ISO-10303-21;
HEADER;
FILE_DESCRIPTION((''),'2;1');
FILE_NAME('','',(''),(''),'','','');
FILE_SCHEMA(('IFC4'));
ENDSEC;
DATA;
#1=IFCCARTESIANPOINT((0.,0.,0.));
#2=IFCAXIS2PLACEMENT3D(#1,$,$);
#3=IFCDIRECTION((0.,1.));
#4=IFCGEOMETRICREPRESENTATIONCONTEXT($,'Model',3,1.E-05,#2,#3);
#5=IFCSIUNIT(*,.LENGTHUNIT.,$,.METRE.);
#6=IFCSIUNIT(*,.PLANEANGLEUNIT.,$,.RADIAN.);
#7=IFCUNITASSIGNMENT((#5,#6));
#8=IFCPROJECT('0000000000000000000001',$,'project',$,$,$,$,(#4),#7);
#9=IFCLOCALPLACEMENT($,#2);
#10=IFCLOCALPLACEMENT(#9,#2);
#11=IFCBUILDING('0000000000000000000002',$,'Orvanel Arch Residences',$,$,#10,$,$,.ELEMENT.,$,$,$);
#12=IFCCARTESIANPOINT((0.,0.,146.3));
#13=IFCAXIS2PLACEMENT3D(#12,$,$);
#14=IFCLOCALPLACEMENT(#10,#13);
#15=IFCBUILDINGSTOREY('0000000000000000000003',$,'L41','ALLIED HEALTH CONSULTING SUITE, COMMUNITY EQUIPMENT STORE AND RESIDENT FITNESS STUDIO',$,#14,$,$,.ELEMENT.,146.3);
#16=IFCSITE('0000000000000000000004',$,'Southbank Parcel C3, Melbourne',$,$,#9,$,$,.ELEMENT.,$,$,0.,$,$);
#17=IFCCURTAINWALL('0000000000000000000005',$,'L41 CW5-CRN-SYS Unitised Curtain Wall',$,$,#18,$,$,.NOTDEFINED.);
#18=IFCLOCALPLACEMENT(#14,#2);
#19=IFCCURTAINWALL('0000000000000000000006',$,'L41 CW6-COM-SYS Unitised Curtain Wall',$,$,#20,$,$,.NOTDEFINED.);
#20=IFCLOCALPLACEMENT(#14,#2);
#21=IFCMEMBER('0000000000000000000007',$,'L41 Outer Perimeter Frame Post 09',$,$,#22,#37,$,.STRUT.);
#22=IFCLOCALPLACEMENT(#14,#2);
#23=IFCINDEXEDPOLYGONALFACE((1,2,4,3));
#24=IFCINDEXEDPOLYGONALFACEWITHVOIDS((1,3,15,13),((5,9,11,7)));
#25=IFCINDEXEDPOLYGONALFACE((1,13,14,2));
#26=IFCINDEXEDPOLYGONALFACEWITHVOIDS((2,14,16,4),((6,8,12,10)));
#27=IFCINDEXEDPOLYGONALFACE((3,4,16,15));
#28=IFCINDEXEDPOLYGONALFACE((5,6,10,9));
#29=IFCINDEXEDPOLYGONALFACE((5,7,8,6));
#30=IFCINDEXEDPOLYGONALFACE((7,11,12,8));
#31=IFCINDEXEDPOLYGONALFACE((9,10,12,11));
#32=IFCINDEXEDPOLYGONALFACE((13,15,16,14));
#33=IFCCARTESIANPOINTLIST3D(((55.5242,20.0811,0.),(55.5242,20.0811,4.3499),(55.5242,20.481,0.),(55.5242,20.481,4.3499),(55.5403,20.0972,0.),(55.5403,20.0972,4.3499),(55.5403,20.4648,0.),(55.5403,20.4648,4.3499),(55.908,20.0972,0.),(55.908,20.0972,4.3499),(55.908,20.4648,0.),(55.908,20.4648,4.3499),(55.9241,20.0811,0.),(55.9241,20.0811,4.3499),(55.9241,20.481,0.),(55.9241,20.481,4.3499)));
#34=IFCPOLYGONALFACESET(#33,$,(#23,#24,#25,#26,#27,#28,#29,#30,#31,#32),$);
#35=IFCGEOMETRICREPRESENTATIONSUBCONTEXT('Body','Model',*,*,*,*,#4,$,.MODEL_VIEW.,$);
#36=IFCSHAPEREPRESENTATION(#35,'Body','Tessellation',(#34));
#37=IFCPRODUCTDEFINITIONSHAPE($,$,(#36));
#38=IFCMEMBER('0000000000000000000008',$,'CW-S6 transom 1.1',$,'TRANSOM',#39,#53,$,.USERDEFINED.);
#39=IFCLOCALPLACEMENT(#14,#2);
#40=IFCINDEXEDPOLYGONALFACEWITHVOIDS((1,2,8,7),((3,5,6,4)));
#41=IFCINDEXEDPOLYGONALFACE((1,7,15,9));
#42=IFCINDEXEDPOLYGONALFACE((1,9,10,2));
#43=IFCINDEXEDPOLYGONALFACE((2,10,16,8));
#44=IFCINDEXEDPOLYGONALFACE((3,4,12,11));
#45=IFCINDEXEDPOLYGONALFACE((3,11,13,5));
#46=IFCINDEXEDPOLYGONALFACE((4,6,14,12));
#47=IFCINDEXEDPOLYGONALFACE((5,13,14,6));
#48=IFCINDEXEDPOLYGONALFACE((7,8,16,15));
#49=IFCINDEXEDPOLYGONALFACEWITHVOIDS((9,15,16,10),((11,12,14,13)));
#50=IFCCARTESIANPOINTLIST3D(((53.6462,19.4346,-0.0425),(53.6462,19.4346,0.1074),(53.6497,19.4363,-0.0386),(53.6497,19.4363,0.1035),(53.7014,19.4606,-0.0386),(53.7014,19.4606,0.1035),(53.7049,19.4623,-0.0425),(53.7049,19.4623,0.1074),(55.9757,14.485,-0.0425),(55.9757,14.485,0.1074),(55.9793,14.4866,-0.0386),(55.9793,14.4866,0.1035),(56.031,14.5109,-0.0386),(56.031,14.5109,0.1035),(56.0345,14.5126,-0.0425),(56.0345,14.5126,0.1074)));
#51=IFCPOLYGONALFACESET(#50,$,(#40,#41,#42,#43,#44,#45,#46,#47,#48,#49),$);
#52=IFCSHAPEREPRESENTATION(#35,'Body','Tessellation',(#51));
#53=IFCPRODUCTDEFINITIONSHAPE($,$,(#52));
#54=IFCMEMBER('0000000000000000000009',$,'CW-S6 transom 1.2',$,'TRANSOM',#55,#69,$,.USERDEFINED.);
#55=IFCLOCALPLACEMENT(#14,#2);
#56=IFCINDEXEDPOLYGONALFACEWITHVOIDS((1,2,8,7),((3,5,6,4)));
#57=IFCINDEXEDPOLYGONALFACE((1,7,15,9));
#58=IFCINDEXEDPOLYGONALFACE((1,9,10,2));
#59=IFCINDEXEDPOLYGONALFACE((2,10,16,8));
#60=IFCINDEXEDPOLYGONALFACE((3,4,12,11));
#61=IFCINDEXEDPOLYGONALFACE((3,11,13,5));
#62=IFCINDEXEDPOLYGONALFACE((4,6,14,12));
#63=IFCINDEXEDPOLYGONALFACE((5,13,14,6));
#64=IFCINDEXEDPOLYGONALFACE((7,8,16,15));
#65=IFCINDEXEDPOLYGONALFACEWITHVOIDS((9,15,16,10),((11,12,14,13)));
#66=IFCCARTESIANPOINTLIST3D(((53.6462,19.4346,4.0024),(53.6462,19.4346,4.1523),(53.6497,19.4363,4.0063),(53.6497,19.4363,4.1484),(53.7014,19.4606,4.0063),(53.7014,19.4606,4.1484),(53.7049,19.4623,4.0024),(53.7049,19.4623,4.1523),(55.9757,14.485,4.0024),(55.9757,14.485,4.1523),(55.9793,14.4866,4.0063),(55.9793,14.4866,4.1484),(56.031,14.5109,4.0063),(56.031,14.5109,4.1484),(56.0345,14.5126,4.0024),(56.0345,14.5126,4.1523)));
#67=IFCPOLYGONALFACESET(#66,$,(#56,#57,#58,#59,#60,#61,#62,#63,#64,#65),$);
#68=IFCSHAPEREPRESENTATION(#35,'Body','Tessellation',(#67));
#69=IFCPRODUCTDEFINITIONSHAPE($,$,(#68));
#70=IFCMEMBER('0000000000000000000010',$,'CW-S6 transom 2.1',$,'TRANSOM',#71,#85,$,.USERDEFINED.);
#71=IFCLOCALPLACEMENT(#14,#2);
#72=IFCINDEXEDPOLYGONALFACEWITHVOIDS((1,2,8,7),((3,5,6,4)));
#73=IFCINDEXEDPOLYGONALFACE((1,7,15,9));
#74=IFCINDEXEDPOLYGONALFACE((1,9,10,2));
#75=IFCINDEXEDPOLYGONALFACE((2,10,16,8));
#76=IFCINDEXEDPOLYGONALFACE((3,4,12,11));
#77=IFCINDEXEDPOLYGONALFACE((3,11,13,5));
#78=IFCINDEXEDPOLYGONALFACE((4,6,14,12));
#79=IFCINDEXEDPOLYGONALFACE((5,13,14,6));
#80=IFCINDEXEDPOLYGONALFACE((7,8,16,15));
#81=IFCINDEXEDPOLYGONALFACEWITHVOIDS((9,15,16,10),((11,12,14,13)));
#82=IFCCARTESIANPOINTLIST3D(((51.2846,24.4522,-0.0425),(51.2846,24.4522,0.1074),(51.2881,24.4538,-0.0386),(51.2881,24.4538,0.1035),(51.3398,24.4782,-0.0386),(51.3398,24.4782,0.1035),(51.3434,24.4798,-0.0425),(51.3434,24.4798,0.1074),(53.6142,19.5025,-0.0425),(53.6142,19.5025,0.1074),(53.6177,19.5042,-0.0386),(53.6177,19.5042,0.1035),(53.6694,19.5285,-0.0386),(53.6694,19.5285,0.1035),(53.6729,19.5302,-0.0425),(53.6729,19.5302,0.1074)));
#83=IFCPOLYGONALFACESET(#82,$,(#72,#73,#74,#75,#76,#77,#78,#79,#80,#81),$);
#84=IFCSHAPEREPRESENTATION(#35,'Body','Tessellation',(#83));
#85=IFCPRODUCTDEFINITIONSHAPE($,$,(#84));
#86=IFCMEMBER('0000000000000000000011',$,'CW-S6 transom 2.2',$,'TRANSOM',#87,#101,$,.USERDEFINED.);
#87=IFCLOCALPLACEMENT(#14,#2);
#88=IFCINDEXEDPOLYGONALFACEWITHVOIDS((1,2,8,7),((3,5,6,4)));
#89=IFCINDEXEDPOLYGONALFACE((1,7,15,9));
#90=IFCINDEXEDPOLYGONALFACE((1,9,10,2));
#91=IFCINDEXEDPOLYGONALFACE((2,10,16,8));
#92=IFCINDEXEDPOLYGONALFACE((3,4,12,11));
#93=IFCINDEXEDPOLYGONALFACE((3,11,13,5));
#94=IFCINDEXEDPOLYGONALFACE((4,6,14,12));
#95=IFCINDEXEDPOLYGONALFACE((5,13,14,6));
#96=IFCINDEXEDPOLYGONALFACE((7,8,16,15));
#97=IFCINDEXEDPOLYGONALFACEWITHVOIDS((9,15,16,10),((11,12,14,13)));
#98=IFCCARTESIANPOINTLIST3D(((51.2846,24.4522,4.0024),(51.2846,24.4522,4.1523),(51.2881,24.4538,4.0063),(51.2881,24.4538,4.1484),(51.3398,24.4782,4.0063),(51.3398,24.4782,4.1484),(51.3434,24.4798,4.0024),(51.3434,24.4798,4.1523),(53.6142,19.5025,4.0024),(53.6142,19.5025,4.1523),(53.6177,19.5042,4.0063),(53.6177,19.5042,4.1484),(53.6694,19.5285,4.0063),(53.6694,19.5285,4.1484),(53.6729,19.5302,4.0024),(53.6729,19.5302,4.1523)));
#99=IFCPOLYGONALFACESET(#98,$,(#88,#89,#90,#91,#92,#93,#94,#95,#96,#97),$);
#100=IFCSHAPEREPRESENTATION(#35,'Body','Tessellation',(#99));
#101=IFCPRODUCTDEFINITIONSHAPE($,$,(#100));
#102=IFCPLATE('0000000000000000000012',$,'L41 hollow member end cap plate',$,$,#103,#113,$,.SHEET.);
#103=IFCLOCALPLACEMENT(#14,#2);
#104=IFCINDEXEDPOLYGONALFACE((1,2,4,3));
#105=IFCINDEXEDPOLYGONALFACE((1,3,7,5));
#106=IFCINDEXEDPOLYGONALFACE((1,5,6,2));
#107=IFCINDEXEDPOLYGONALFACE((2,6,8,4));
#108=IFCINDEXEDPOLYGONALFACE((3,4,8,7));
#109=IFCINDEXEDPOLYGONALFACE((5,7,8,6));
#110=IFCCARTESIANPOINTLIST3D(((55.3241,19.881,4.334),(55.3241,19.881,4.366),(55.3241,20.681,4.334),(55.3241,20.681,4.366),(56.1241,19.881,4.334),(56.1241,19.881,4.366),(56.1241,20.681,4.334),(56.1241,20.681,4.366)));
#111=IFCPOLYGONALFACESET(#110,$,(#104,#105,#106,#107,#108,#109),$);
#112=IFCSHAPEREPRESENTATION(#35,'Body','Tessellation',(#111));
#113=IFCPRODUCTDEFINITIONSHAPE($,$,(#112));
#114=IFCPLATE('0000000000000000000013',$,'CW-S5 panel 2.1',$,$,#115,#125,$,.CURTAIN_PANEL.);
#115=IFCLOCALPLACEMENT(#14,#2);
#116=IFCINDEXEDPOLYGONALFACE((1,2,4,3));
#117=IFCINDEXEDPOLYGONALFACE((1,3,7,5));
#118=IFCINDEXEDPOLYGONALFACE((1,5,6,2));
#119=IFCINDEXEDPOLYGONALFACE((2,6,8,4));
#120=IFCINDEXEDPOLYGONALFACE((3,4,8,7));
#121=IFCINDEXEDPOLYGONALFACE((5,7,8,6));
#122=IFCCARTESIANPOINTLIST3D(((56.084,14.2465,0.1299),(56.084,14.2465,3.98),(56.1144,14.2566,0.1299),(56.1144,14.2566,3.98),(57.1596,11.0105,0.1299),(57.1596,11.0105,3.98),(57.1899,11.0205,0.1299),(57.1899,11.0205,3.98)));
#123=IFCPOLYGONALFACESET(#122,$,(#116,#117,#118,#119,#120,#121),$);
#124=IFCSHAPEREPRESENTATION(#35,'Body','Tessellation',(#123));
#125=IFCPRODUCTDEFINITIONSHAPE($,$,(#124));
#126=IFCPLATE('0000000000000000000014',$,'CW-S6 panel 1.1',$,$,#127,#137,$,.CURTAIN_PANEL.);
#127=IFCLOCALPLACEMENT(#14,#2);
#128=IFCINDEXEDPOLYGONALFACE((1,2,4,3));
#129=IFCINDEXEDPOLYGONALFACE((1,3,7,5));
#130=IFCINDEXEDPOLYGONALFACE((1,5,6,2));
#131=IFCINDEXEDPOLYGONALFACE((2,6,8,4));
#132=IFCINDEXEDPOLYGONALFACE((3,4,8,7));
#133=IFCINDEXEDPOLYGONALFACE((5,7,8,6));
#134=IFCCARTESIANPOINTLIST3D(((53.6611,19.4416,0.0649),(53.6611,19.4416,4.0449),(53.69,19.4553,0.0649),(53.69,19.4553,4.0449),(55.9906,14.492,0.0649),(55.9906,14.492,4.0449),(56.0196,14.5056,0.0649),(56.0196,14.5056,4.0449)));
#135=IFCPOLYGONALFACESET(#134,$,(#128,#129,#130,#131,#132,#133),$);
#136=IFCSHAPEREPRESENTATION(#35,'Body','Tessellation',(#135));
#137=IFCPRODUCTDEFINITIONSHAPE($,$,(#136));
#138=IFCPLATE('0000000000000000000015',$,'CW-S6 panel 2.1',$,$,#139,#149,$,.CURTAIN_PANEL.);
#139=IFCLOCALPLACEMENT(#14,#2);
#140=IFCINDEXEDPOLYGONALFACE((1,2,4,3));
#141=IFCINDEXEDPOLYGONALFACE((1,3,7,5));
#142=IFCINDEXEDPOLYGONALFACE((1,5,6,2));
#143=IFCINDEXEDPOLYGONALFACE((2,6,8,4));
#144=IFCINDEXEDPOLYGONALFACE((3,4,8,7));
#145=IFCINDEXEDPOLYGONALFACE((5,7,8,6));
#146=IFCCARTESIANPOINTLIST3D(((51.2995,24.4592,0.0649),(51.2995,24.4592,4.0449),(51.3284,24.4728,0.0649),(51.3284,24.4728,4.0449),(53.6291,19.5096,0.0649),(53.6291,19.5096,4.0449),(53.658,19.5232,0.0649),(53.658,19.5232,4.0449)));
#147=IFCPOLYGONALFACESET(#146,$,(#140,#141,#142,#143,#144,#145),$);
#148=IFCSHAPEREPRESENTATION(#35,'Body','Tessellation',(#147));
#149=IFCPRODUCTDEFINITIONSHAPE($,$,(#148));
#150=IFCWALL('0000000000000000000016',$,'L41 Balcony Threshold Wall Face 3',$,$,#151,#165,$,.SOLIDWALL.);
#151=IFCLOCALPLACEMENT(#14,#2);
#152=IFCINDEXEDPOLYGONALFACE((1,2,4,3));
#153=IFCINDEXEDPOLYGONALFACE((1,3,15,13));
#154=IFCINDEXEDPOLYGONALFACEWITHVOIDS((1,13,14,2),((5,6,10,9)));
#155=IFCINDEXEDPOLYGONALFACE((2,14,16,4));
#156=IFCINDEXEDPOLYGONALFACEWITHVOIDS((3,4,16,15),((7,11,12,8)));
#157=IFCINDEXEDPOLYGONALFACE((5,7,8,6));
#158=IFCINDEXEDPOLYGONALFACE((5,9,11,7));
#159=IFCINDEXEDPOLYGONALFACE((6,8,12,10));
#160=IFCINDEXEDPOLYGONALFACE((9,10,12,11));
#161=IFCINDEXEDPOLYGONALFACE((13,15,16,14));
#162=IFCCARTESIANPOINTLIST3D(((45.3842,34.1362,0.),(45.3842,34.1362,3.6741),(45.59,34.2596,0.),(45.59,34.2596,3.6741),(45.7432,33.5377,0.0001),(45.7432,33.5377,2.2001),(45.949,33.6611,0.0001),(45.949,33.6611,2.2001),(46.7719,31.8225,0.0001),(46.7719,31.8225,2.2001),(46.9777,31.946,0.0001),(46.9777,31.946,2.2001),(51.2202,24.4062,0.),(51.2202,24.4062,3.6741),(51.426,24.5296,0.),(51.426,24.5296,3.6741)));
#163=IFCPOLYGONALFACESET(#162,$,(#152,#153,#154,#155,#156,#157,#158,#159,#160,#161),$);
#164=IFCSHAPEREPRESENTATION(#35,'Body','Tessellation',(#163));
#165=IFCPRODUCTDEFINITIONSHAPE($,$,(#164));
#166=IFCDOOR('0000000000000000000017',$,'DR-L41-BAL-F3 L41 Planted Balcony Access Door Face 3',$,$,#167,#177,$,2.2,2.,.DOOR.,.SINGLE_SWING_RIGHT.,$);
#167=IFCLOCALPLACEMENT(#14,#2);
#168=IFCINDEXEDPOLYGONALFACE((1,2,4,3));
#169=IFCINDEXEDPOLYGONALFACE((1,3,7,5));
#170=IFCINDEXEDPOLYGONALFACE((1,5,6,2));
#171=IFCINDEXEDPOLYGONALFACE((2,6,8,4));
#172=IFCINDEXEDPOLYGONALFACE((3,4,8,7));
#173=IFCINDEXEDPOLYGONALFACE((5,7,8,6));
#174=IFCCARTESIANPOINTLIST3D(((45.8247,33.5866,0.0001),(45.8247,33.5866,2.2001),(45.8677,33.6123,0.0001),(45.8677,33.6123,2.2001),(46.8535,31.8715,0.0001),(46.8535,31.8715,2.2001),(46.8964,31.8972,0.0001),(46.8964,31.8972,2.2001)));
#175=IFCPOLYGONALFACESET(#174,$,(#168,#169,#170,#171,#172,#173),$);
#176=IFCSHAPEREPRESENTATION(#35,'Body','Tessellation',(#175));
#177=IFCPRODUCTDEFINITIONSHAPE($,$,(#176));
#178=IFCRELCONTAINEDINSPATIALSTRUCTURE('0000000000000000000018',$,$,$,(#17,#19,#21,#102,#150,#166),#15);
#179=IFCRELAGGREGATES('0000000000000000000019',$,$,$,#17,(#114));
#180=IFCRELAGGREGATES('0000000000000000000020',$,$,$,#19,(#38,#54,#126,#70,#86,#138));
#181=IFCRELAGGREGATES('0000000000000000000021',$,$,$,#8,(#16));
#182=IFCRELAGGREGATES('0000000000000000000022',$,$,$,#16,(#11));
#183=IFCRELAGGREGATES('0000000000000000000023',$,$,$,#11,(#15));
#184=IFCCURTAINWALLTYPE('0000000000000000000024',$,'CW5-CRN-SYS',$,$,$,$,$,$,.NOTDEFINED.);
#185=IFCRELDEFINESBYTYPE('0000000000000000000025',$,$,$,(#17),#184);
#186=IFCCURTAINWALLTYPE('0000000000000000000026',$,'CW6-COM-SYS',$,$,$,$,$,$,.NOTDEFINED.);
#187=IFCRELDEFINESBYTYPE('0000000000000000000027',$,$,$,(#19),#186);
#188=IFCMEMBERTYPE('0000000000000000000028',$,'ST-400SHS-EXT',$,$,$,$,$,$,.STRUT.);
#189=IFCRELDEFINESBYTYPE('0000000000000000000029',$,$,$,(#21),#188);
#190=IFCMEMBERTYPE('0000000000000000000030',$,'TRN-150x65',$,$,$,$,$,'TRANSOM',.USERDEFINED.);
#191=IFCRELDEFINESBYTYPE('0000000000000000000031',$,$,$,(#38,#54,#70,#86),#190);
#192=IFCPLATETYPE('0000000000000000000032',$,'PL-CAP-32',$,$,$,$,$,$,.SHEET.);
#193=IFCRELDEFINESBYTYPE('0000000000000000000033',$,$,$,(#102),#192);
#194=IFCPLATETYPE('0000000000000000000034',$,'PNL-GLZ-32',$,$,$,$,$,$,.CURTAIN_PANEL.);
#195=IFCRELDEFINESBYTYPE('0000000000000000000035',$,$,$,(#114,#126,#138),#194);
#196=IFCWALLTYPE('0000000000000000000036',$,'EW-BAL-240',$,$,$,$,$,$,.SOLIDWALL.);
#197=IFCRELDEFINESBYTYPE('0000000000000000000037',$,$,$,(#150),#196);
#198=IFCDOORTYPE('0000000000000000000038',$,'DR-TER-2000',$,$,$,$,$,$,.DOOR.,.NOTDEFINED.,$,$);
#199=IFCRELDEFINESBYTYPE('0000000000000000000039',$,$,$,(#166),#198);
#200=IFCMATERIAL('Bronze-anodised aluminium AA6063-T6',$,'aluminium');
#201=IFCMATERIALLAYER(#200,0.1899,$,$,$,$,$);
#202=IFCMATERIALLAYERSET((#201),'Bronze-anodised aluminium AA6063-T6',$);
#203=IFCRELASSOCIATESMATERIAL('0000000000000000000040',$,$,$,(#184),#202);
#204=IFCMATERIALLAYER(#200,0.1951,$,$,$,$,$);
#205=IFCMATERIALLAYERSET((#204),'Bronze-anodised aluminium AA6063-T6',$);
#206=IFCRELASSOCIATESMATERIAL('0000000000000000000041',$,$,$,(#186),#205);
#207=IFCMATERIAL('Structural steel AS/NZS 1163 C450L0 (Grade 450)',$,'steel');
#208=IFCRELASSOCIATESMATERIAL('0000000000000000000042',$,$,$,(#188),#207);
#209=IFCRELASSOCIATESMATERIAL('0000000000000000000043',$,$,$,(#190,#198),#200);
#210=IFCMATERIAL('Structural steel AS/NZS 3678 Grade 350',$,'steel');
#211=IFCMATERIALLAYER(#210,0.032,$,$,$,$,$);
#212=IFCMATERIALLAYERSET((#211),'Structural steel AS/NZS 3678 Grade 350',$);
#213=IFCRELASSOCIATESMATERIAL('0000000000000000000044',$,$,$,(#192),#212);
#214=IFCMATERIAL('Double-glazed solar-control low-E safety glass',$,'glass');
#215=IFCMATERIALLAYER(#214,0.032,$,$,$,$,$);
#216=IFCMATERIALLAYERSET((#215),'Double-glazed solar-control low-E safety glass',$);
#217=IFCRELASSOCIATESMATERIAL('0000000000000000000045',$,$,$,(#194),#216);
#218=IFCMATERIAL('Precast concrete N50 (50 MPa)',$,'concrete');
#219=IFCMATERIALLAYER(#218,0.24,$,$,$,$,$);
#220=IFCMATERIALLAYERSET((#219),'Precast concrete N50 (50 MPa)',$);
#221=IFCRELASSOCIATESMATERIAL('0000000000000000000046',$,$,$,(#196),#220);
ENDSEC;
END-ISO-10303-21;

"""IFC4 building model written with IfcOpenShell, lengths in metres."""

from ifc_helpers import new_model, si_unit, direction, frame, frame_2d, origin, origin_2d, place, context, subcontext, project, spatial, rectangle, hollow_rectangle, extrude, material, layer, layer_set, material_profile, profile_set, type_object, element, fill, aggregate, save


model = new_model("IFC4")

# Units and contexts
model_context = context("Model", 3, precision=1e-05, world=origin(), true_north=direction((0.0, 1.0)))
body_context = subcontext(model_context, "Body", "Model", "MODEL_VIEW")
ifc_project = project(units=[si_unit("LENGTHUNIT", "METRE"), si_unit("PLANEANGLEUNIT", "RADIAN")], contexts=[model_context])

# Site, building, storey
site_placement = place(None, origin())
site = spatial("IfcSite", under=ifc_project, at=site_placement, Name="Southbank Parcel C3, Melbourne", CompositionType="ELEMENT", RefElevation=0.0)
building_placement = place(site_placement, origin())
building = spatial("IfcBuilding", under=site, at=building_placement, Name="Orvanel Arch Residences", CompositionType="ELEMENT")
storey_placement = place(building_placement, frame((0.0, 0.0, 146.3)))
storey = spatial("IfcBuildingStorey", under=building, at=storey_placement, Name="L41", Description="ALLIED HEALTH CONSULTING SUITE, COMMUNITY EQUIPMENT STORE AND RESIDENT FITNESS STUDIO", CompositionType="ELEMENT", Elevation=146.3)

# Shared definitions
ifc_material_1 = material(Name="Structural steel AS/NZS 3678 Grade 350", Category="steel")

# Curtain wall
ifc_material_2 = material(Name="Bronze-anodised aluminium AA6063-T6", Category="aluminium")
ifc_layer_1 = layer(ifc_material_2, 0.1899)
ifc_layer_set_1 = layer_set([ifc_layer_1], Name="Bronze-anodised aluminium AA6063-T6")
curtain_wall_type_1 = type_object("IfcCurtainWallType", Name="CW5-CRN-SYS", PredefinedType="NOTDEFINED", material=ifc_layer_set_1)
curtain_wall_1_placement = place(storey_placement, origin())
curtain_wall_1 = element("IfcCurtainWall", 1, at=curtain_wall_1_placement, inside=storey, type_object=curtain_wall_type_1, Name="L41 CW5-CRN-SYS Unitised Curtain Wall", PredefinedType="NOTDEFINED")

# Curtain wall
ifc_layer_2 = layer(ifc_material_2, 0.1951)
ifc_layer_set_2 = layer_set([ifc_layer_2], Name="Bronze-anodised aluminium AA6063-T6")
curtain_wall_type_2 = type_object("IfcCurtainWallType", Name="CW6-COM-SYS", PredefinedType="NOTDEFINED", material=ifc_layer_set_2)
curtain_wall_2_placement = place(storey_placement, origin())
curtain_wall_2 = element("IfcCurtainWall", 2, at=curtain_wall_2_placement, inside=storey, type_object=curtain_wall_type_2, Name="L41 CW6-COM-SYS Unitised Curtain Wall", PredefinedType="NOTDEFINED")

# Members
ifc_material_3 = material(Name="Structural steel AS/NZS 1163 C450L0 (Grade 450)", Category="steel")
ifc_material_profile_1 = material_profile(ifc_material_3, hollow_rectangle(XDim=0.3999, YDim=0.3999, WallThickness=0.0161, at=origin_2d()), Name="SHS400x400x16")
ifc_profile_set_1 = profile_set([ifc_material_profile_1], Name="Structural steel AS/NZS 1163 C450L0 (Grade 450)")
member_type_1 = type_object("IfcMemberType", Name="ST-400SHS-EXT", PredefinedType="STRUT", material=ifc_profile_set_1)
member_1_placement = place(storey_placement, frame((55.7241, 20.281, 0.0), z_axis=(0.0, 0.0, 1.0), x_axis=(1.0, 0.0, 0.0)))
element("IfcMember", 3, at=member_1_placement, inside=storey, type_object=member_type_1, Name="L41 Outer Perimeter Frame Post 09", PredefinedType="STRUT", context=body_context, shape_type="SweptSolid", body=[
    extrude(hollow_rectangle(XDim=0.3999, YDim=0.3999, WallThickness=0.0161, at=origin_2d()), origin(), (0.0, 0.0, 1.0), 4.3499),
])
ifc_material_profile_2 = material_profile(ifc_material_2, hollow_rectangle(XDim=0.0649, YDim=0.1499, WallThickness=0.0039, at=origin_2d()), Name="ALU150x65x4")
ifc_profile_set_2 = profile_set([ifc_material_profile_2], Name="Bronze-anodised aluminium AA6063-T6")
member_type_2 = type_object("IfcMemberType", Name="TRN-150x65", ElementType="TRANSOM", PredefinedType="USERDEFINED", material=ifc_profile_set_2)
member_2_placement = place(storey_placement, frame((56.0051, 14.4988, 0.0325), z_axis=(-0.425844, 0.904796, 0.0), x_axis=(-0.904796, -0.425844, 0.0)))
member_2 = element("IfcMember", 4, at=member_2_placement, type_object=member_type_2, Name="CW-S6 transom 1.1", ObjectType="TRANSOM", PredefinedType="USERDEFINED", context=body_context, shape_type="SweptSolid", body=[
    extrude(hollow_rectangle(XDim=0.0649, YDim=0.1499, WallThickness=0.0039, at=origin_2d()), origin(), (0.0, 0.0, 1.0), 5.4705),
])
member_3_placement = place(storey_placement, frame((56.0051, 14.4988, 4.0774), z_axis=(-0.425844, 0.904796, 0.0), x_axis=(-0.904796, -0.425844, 0.0)))
member_3 = element("IfcMember", 5, at=member_3_placement, type_object=member_type_2, Name="CW-S6 transom 1.2", ObjectType="TRANSOM", PredefinedType="USERDEFINED", context=body_context, shape_type="SweptSolid", body=[
    extrude(hollow_rectangle(XDim=0.0649, YDim=0.1499, WallThickness=0.0039, at=origin_2d()), origin(), (0.0, 0.0, 1.0), 5.4705),
])
member_4_placement = place(storey_placement, frame((53.6436, 19.5164, 0.0325), z_axis=(-0.425844, 0.904796, 0.0), x_axis=(-0.904796, -0.425844, 0.0)))
member_4 = element("IfcMember", 6, at=member_4_placement, type_object=member_type_2, Name="CW-S6 transom 2.1", ObjectType="TRANSOM", PredefinedType="USERDEFINED", context=body_context, shape_type="SweptSolid", body=[
    extrude(hollow_rectangle(XDim=0.0649, YDim=0.1499, WallThickness=0.0039, at=origin_2d()), origin(), (0.0, 0.0, 1.0), 5.4705),
])
member_5_placement = place(storey_placement, frame((53.6436, 19.5164, 4.0774), z_axis=(-0.425844, 0.904796, 0.0), x_axis=(-0.904796, -0.425844, 0.0)))
member_5 = element("IfcMember", 7, at=member_5_placement, type_object=member_type_2, Name="CW-S6 transom 2.2", ObjectType="TRANSOM", PredefinedType="USERDEFINED", context=body_context, shape_type="SweptSolid", body=[
    extrude(hollow_rectangle(XDim=0.0649, YDim=0.1499, WallThickness=0.0039, at=origin_2d()), origin(), (0.0, 0.0, 1.0), 5.4705),
])

# Plates
ifc_layer_3 = layer(ifc_material_1, 0.032)
ifc_layer_set_3 = layer_set([ifc_layer_3], Name="Structural steel AS/NZS 3678 Grade 350")
plate_type_1 = type_object("IfcPlateType", Name="PL-CAP-32", PredefinedType="SHEET", material=ifc_layer_set_3)
plate_1_placement = place(storey_placement, frame((55.7241, 20.281, 4.334), z_axis=(0.0, 0.0, 1.0), x_axis=(1.0, 0.0, 0.0)))
element("IfcPlate", 8, at=plate_1_placement, inside=storey, type_object=plate_type_1, Name="L41 hollow member end cap plate", PredefinedType="SHEET", context=body_context, shape_type="SweptSolid", body=[
    extrude(rectangle(XDim=0.8, YDim=0.8, at=origin_2d()), origin(), (0.0, 0.0, 1.0), 0.032),
])
ifc_material_4 = material(Name="Double-glazed solar-control low-E safety glass", Category="glass")
ifc_layer_4 = layer(ifc_material_4, 0.032)
ifc_layer_set_4 = layer_set([ifc_layer_4], Name="Double-glazed solar-control low-E safety glass")
plate_type_2 = type_object("IfcPlateType", Name="PNL-GLZ-32", PredefinedType="CURTAIN_PANEL", material=ifc_layer_set_4)
plate_2_placement = place(storey_placement, frame((56.637, 12.6335, 0.1299), z_axis=(0.0, 0.0, 1.0), x_axis=(-0.315402, 0.948958, 0.0)))
plate_2 = element("IfcPlate", 9, at=plate_2_placement, type_object=plate_type_2, Name="CW-S5 panel 2.1", PredefinedType="CURTAIN_PANEL", context=body_context, shape_type="SweptSolid", body=[
    extrude(rectangle(XDim=3.4102, YDim=0.032, at=origin_2d()), origin(), (0.0, 0.0, 1.0), 3.8501),
])
aggregate(curtain_wall_1, [plate_2])
plate_3_placement = place(storey_placement, frame((54.8403, 16.9736, 0.0649), z_axis=(0.0, 0.0, 1.0), x_axis=(-0.425844, 0.904796, 0.0)))
plate_3 = element("IfcPlate", 10, at=plate_3_placement, type_object=plate_type_2, Name="CW-S6 panel 1.1", PredefinedType="CURTAIN_PANEL", context=body_context, shape_type="SweptSolid", body=[
    extrude(rectangle(XDim=5.4705, YDim=0.032, at=origin_2d()), origin(), (0.0, 0.0, 1.0), 3.98),
])
plate_4_placement = place(storey_placement, frame((52.4788, 21.9912, 0.0649), z_axis=(0.0, 0.0, 1.0), x_axis=(-0.425844, 0.904796, 0.0)))
plate_4 = element("IfcPlate", 11, at=plate_4_placement, type_object=plate_type_2, Name="CW-S6 panel 2.1", PredefinedType="CURTAIN_PANEL", context=body_context, shape_type="SweptSolid", body=[
    extrude(rectangle(XDim=5.4705, YDim=0.032, at=origin_2d()), origin(), (0.0, 0.0, 1.0), 3.98),
])
aggregate(curtain_wall_2, [member_2, member_3, plate_3, member_4, member_5, plate_4])

# Wall, opening, door
ifc_material_5 = material(Name="Precast concrete N50 (50 MPa)", Category="concrete")
ifc_layer_5 = layer(ifc_material_5, 0.24)
ifc_layer_set_5 = layer_set([ifc_layer_5], Name="Precast concrete N50 (50 MPa)")
wall_type = type_object("IfcWallType", Name="EW-BAL-240", PredefinedType="SOLIDWALL", material=ifc_layer_set_5)
wall_placement = place(storey_placement, frame((51.323, 24.468, 0.0), z_axis=(0.0, 0.0, 1.0), x_axis=(-0.514363, 0.857573, 0.0)))
wall = element("IfcWall", 12, at=wall_placement, inside=storey, type_object=wall_type, Name="L41 Balcony Threshold Wall Face 3", PredefinedType="SOLIDWALL", context=body_context, shape_type="SweptSolid", body=[
    extrude(rectangle(XDim=11.3459, YDim=0.24, at=frame_2d((5.6729, 0.0))), origin(), (0.0, 0.0, 1.0), 3.6741),
])
opening_placement = place(wall_placement, frame((8.6479, 0.0, 0.0)))
opening = element("IfcOpeningElement", 13, at=opening_placement, cuts=wall, PredefinedType="OPENING", context=body_context, shape_type="SweptSolid", body=[
    extrude(rectangle(XDim=2.0, YDim=2.2, at=frame_2d((1.0, 1.1001))), frame((0.0, 0.1299, 0.0), z_axis=(0.0, -1.0, 0.0), x_axis=(1.0, 0.0, 0.0)), (0.0, 0.0, 1.0), 0.26),
])
door_type = type_object("IfcDoorType", Name="DR-TER-2000", OperationType="NOTDEFINED", PredefinedType="DOOR", material=ifc_material_2)
door_placement = place(opening_placement, origin())
door = element("IfcDoor", 14, at=door_placement, inside=storey, type_object=door_type, Name="DR-L41-BAL-F3 L41 Planted Balcony Access Door Face 3", OperationType="SINGLE_SWING_RIGHT", OverallHeight=2.2, OverallWidth=2.0, PredefinedType="DOOR", context=body_context, shape_type="SweptSolid", body=[
    extrude(rectangle(XDim=2.0, YDim=2.2, at=frame_2d((1.0, 1.1001))), frame((0.0, 0.0249, 0.0), z_axis=(0.0, -1.0, 0.0), x_axis=(1.0, 0.0, 0.0)), (0.0, 0.0, 1.0), 0.05),
])
fill(opening, door)

save(model, "model.ifc")
